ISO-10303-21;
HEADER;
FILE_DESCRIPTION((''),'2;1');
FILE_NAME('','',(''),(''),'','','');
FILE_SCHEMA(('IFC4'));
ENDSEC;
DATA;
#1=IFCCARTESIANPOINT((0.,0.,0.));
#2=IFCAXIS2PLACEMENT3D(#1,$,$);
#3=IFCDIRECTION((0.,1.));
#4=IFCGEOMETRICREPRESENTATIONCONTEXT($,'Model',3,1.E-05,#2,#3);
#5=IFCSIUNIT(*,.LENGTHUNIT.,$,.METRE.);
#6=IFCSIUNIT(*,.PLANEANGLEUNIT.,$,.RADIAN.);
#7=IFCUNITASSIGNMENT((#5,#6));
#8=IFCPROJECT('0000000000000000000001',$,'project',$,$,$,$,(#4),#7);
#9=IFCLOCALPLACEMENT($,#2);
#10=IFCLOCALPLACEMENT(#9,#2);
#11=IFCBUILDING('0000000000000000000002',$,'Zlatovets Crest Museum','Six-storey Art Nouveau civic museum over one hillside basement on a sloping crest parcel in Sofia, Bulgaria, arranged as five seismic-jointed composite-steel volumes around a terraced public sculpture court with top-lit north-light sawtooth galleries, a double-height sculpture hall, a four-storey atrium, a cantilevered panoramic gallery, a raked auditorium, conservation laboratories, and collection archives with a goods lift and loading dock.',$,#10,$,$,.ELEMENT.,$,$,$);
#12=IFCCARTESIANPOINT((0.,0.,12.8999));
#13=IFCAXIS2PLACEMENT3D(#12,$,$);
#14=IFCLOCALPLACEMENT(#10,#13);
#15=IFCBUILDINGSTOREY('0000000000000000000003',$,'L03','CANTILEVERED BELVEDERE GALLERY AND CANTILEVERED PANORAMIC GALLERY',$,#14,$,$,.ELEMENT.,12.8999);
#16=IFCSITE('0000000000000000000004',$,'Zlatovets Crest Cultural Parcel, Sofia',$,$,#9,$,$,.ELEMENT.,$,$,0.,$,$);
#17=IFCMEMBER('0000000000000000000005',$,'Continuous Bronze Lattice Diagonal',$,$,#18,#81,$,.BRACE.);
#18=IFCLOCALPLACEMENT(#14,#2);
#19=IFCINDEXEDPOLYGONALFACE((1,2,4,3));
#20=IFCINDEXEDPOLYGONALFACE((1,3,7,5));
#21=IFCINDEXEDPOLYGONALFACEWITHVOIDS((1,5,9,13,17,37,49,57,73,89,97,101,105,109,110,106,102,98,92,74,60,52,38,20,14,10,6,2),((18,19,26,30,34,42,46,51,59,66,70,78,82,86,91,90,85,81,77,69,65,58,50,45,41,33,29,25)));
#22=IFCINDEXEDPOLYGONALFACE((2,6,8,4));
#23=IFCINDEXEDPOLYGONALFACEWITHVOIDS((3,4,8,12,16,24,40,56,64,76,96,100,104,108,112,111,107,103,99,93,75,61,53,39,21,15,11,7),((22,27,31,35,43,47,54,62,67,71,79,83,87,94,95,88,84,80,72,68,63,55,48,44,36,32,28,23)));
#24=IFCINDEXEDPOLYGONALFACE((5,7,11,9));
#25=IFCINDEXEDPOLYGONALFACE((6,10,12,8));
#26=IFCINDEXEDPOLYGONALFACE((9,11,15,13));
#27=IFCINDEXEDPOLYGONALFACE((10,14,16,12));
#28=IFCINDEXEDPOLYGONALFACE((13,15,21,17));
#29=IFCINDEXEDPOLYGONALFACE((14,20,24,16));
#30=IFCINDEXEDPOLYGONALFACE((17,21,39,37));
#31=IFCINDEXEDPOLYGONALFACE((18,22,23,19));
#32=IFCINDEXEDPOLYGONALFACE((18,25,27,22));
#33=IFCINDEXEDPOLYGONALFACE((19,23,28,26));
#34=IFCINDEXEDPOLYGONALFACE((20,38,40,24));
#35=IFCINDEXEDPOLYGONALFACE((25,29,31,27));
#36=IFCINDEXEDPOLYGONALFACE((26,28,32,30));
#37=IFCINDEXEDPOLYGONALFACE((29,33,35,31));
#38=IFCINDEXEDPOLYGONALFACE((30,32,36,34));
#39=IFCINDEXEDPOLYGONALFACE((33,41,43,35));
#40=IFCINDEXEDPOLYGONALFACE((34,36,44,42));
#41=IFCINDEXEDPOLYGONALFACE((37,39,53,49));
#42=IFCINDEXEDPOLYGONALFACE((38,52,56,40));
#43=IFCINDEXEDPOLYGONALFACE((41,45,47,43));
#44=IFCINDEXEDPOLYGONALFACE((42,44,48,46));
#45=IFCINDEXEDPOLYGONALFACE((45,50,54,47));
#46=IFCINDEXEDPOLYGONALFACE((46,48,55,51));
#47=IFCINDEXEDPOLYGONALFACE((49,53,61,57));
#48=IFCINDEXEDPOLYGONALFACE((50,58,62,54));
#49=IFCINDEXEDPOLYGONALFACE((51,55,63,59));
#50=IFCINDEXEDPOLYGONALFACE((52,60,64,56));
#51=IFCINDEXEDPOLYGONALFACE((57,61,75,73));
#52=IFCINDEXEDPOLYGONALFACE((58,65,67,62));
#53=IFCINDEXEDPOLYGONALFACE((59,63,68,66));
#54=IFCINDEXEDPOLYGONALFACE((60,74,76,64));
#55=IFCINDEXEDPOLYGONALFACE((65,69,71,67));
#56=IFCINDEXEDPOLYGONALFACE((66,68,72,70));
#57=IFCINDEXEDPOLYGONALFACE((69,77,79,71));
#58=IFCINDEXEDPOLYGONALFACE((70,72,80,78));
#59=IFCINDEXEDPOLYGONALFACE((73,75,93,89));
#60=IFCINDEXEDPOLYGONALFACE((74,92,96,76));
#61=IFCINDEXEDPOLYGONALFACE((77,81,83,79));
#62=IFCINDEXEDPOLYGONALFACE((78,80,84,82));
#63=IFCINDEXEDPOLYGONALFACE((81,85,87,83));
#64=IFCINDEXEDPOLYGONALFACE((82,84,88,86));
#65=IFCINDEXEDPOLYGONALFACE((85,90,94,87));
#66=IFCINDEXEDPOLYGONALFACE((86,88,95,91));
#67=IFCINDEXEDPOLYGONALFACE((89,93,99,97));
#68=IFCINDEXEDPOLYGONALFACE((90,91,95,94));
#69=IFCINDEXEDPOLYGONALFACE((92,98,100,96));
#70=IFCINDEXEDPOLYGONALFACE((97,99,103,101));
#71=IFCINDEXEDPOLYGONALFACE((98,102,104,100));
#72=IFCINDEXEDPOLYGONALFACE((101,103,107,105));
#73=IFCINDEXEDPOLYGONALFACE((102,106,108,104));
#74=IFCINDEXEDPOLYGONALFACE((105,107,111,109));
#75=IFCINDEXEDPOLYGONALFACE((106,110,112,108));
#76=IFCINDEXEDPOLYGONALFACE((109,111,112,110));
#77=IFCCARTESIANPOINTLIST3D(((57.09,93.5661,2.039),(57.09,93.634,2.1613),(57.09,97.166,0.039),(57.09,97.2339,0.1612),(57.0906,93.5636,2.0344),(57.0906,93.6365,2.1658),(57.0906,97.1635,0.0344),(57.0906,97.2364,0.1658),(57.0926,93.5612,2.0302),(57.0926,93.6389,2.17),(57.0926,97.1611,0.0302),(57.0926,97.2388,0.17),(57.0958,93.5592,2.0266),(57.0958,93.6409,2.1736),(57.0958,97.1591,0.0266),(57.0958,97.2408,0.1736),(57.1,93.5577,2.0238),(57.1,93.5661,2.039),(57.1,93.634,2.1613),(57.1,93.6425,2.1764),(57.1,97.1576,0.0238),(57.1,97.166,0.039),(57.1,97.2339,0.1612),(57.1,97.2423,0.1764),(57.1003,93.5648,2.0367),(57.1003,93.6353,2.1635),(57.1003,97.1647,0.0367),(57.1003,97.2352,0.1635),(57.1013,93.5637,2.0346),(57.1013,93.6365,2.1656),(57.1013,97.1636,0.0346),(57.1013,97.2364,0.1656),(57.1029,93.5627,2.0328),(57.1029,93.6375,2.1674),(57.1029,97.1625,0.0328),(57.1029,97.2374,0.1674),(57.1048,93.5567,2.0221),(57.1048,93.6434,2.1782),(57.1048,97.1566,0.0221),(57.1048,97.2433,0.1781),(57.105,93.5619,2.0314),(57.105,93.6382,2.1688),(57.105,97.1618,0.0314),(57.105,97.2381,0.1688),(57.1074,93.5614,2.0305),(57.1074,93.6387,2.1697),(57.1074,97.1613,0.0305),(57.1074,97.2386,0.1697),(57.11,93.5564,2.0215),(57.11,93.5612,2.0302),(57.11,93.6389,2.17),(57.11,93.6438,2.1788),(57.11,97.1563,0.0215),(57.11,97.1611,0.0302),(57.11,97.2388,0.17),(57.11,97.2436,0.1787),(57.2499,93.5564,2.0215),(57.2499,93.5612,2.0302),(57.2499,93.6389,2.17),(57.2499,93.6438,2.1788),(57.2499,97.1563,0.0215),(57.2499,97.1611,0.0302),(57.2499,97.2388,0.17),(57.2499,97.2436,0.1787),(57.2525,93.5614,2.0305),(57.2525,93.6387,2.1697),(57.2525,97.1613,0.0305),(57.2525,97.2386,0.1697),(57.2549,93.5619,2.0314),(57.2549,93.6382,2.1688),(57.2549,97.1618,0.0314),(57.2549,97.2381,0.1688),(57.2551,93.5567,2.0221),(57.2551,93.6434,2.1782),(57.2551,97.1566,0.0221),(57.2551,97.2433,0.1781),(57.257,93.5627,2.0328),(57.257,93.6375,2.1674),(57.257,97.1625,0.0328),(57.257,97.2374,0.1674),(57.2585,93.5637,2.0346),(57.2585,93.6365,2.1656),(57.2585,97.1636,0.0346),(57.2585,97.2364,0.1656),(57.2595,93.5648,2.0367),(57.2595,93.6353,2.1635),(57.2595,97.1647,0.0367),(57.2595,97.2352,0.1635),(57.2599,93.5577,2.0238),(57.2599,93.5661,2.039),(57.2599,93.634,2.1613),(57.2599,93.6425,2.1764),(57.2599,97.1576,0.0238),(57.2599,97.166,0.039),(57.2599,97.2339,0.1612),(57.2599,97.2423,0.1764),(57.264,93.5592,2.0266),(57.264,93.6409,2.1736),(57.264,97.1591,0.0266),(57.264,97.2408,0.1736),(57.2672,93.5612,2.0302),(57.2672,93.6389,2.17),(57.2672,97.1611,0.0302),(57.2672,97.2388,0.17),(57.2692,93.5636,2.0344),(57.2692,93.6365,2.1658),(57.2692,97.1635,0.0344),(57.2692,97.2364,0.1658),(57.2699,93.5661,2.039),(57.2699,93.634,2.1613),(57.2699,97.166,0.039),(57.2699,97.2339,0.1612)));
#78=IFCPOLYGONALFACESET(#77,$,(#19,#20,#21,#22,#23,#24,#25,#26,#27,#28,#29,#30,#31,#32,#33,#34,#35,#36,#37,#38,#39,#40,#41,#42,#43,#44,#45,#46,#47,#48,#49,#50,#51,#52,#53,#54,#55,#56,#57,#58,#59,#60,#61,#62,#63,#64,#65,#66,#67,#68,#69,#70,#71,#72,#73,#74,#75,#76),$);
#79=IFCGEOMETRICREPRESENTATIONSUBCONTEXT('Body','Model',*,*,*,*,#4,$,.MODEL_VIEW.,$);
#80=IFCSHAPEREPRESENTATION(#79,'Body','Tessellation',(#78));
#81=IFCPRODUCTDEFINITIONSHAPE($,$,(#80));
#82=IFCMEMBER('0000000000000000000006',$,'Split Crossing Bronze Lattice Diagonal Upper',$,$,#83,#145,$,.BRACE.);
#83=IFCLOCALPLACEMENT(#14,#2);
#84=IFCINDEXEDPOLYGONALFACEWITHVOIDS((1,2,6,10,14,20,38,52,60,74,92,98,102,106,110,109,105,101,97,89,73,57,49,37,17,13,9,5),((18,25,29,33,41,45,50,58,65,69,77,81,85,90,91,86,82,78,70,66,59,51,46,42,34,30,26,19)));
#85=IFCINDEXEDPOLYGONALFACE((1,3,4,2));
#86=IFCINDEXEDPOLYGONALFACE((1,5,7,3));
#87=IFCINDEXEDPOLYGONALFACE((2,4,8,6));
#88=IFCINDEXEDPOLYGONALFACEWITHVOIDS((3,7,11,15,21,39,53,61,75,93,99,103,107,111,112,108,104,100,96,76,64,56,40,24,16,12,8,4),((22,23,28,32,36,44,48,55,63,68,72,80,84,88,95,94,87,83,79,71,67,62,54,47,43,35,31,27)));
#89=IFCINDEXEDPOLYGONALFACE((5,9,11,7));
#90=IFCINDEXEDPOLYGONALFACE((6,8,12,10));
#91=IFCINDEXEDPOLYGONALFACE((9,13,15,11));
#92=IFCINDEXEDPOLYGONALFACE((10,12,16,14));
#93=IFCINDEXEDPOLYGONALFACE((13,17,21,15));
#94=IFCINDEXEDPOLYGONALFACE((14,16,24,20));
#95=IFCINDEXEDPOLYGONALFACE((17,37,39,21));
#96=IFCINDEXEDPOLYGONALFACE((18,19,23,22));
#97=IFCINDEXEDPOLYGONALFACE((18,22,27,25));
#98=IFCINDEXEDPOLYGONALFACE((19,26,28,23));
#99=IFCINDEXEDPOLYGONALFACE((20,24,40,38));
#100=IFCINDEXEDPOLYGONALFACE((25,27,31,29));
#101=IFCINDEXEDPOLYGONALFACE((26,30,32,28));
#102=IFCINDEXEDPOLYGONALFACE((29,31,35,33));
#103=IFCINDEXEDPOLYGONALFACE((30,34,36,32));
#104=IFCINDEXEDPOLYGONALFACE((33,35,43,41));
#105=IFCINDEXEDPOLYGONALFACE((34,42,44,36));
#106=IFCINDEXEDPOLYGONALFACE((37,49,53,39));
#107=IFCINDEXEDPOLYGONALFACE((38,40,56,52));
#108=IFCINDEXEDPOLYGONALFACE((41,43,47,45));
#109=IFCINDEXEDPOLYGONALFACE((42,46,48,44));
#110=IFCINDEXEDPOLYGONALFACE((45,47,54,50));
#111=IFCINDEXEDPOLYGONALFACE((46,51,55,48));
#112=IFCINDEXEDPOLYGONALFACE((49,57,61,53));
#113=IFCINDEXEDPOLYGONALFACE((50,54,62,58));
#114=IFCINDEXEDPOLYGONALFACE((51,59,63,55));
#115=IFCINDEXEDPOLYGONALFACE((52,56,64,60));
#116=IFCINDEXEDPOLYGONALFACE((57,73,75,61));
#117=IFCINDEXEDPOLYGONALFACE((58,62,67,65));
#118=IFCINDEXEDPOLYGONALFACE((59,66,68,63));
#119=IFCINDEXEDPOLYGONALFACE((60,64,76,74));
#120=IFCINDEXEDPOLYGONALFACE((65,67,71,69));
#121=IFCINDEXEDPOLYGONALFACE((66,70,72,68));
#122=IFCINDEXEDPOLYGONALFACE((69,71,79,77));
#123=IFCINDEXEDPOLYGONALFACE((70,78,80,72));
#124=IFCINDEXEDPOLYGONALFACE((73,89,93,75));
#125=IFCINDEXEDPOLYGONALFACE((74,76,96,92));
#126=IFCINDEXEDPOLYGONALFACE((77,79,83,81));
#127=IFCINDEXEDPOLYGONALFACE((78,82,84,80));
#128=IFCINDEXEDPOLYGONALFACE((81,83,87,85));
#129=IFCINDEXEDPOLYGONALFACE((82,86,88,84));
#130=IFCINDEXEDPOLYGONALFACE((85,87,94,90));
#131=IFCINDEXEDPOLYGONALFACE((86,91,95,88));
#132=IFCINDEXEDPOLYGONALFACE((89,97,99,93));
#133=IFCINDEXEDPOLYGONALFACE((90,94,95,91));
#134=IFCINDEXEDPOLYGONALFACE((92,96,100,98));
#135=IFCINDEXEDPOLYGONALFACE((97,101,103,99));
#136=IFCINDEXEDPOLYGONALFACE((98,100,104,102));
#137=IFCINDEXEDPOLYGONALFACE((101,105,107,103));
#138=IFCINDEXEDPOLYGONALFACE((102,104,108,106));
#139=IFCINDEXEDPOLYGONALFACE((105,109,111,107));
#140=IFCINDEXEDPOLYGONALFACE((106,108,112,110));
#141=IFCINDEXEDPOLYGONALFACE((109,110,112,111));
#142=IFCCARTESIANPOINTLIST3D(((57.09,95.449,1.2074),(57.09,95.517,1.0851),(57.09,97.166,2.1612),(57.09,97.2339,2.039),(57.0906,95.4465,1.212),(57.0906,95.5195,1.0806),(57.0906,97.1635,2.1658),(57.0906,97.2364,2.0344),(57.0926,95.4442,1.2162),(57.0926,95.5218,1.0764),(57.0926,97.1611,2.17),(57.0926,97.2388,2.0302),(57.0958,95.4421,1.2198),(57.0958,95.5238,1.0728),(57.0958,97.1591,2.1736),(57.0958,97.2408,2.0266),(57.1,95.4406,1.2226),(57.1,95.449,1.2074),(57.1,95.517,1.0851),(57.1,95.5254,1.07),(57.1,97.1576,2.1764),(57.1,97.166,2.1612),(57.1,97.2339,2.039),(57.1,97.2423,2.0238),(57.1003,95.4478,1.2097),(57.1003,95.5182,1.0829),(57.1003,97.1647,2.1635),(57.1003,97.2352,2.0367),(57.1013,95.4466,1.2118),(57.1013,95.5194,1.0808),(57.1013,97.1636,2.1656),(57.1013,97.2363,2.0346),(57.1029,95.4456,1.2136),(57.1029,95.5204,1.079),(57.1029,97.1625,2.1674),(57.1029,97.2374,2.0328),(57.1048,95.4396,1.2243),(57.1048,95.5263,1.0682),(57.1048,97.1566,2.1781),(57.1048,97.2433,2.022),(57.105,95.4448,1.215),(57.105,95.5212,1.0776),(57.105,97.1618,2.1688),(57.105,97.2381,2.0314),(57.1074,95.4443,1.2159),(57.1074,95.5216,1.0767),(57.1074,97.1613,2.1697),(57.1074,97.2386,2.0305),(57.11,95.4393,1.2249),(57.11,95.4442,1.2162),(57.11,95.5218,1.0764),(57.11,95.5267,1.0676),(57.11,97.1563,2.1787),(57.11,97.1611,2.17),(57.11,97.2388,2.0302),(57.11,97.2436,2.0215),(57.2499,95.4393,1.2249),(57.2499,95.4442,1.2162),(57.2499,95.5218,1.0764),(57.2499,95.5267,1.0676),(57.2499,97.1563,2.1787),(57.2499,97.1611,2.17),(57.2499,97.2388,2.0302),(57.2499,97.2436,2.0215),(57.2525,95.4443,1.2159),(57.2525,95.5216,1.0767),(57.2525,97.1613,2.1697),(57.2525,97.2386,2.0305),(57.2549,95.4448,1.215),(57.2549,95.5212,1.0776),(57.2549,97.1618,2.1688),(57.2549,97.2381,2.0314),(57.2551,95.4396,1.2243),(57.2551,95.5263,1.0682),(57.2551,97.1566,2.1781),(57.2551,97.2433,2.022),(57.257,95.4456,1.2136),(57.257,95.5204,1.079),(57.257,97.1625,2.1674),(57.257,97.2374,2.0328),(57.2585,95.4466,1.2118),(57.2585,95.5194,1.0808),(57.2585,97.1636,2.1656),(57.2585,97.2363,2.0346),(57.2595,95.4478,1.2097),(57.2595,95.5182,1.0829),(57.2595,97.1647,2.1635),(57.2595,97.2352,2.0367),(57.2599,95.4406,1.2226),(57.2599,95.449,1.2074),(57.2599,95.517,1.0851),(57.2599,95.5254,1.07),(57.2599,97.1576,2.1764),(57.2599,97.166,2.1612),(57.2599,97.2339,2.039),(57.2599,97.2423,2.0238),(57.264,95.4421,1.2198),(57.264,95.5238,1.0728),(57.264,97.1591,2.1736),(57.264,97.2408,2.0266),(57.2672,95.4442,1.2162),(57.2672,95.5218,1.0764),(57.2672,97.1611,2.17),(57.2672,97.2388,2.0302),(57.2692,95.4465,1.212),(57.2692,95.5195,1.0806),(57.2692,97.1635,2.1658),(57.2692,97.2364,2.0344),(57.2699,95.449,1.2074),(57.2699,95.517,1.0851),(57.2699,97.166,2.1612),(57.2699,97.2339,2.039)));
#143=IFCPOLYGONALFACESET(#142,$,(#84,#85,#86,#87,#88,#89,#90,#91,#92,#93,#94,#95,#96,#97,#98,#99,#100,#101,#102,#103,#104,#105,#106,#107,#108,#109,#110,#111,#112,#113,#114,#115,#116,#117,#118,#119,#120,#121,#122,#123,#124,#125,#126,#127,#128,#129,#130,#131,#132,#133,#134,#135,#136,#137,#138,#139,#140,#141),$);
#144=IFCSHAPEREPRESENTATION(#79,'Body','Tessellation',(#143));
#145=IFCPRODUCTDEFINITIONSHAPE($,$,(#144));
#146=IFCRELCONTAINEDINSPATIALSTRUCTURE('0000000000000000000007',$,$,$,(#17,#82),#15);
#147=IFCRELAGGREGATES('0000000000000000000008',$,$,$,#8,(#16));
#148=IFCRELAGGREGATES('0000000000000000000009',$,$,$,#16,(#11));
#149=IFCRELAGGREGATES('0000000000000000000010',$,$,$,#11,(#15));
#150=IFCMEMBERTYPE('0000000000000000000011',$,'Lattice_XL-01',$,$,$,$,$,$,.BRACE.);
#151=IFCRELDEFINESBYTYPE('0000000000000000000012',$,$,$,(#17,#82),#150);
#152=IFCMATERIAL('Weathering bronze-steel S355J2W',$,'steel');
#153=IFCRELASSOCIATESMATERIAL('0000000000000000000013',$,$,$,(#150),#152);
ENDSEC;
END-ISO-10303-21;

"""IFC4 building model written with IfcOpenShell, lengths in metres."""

from ifc_helpers import new_model, si_unit, direction, frame, origin, origin_2d, place, context, subcontext, project, spatial, hollow_rectangle, extrude, material, material_profile, profile_set, type_object, element, save


model = new_model("IFC4")

# Units and contexts
model_context = context("Model", 3, precision=1e-05, world=origin(), true_north=direction((0.0, 1.0)))
body_context = subcontext(model_context, "Body", "Model", "MODEL_VIEW")
ifc_project = project(units=[si_unit("LENGTHUNIT", "METRE"), si_unit("PLANEANGLEUNIT", "RADIAN")], contexts=[model_context])

# Site, building, storey
site_placement = place(None, origin())
site = spatial("IfcSite", under=ifc_project, at=site_placement, Name="Zlatovets Crest Cultural Parcel, Sofia", CompositionType="ELEMENT", RefElevation=0.0)
building_placement = place(site_placement, origin())
building = spatial("IfcBuilding", under=site, at=building_placement, Name="Zlatovets Crest Museum", Description="Six-storey Art Nouveau civic museum over one hillside basement on a sloping crest parcel in Sofia, Bulgaria, arranged as five seismic-jointed composite-steel volumes around a terraced public sculpture court with top-lit north-light sawtooth galleries, a double-height sculpture hall, a four-storey atrium, a cantilevered panoramic gallery, a raked auditorium, conservation laboratories, and collection archives with a goods lift and loading dock.", CompositionType="ELEMENT")
storey_placement = place(building_placement, frame((0.0, 0.0, 12.8999)))
storey = spatial("IfcBuildingStorey", under=building, at=storey_placement, Name="L03", Description="CANTILEVERED BELVEDERE GALLERY AND CANTILEVERED PANORAMIC GALLERY", CompositionType="ELEMENT", Elevation=12.8999)

# Members
ifc_material_1 = material(Name="Weathering bronze-steel S355J2W", Category="steel")
ifc_material_profile_1 = material_profile(ifc_material_1, hollow_rectangle(XDim=0.1799, YDim=0.1799, WallThickness=0.01, InnerFilletRadius=0.01, OuterFilletRadius=0.02, at=origin_2d()), Name="SHS 180x180x10.0")
ifc_profile_set_1 = profile_set([ifc_material_profile_1], Name="Weathering bronze-steel S355J2W")
member_type_1 = type_object("IfcMemberType", Name="Lattice_XL-01", PredefinedType="BRACE", material=ifc_profile_set_1)
member_1_placement = place(storey_placement, frame((57.1799, 97.2, 0.1001), z_axis=(0.0, -0.874149, 0.485658), x_axis=(1.0, 0.0, 0.0)))
element("IfcMember", 1, at=member_1_placement, inside=storey, type_object=member_type_1, Name="Continuous Bronze Lattice Diagonal", PredefinedType="BRACE", context=body_context, shape_type="SweptSolid", body=[
    extrude(hollow_rectangle(XDim=0.1799, YDim=0.1799, WallThickness=0.01, InnerFilletRadius=0.01, OuterFilletRadius=0.02, at=origin_2d()), origin(), (0.0, 0.0, 1.0), 4.1182),
])
member_2_placement = place(storey_placement, frame((57.1799, 97.2, 2.1001), z_axis=(0.0, -0.874169, -0.485622), x_axis=(1.0, 0.0, 0.0)))
element("IfcMember", 2, at=member_2_placement, inside=storey, type_object=member_type_1, Name="Split Crossing Bronze Lattice Diagonal Upper", PredefinedType="BRACE", context=body_context, shape_type="SweptSolid", body=[
    extrude(hollow_rectangle(XDim=0.1799, YDim=0.1799, WallThickness=0.01, InnerFilletRadius=0.01, OuterFilletRadius=0.02, at=origin_2d()), origin(), (0.0, 0.0, 1.0), 1.9641),
])

save(model, "model.ifc")
